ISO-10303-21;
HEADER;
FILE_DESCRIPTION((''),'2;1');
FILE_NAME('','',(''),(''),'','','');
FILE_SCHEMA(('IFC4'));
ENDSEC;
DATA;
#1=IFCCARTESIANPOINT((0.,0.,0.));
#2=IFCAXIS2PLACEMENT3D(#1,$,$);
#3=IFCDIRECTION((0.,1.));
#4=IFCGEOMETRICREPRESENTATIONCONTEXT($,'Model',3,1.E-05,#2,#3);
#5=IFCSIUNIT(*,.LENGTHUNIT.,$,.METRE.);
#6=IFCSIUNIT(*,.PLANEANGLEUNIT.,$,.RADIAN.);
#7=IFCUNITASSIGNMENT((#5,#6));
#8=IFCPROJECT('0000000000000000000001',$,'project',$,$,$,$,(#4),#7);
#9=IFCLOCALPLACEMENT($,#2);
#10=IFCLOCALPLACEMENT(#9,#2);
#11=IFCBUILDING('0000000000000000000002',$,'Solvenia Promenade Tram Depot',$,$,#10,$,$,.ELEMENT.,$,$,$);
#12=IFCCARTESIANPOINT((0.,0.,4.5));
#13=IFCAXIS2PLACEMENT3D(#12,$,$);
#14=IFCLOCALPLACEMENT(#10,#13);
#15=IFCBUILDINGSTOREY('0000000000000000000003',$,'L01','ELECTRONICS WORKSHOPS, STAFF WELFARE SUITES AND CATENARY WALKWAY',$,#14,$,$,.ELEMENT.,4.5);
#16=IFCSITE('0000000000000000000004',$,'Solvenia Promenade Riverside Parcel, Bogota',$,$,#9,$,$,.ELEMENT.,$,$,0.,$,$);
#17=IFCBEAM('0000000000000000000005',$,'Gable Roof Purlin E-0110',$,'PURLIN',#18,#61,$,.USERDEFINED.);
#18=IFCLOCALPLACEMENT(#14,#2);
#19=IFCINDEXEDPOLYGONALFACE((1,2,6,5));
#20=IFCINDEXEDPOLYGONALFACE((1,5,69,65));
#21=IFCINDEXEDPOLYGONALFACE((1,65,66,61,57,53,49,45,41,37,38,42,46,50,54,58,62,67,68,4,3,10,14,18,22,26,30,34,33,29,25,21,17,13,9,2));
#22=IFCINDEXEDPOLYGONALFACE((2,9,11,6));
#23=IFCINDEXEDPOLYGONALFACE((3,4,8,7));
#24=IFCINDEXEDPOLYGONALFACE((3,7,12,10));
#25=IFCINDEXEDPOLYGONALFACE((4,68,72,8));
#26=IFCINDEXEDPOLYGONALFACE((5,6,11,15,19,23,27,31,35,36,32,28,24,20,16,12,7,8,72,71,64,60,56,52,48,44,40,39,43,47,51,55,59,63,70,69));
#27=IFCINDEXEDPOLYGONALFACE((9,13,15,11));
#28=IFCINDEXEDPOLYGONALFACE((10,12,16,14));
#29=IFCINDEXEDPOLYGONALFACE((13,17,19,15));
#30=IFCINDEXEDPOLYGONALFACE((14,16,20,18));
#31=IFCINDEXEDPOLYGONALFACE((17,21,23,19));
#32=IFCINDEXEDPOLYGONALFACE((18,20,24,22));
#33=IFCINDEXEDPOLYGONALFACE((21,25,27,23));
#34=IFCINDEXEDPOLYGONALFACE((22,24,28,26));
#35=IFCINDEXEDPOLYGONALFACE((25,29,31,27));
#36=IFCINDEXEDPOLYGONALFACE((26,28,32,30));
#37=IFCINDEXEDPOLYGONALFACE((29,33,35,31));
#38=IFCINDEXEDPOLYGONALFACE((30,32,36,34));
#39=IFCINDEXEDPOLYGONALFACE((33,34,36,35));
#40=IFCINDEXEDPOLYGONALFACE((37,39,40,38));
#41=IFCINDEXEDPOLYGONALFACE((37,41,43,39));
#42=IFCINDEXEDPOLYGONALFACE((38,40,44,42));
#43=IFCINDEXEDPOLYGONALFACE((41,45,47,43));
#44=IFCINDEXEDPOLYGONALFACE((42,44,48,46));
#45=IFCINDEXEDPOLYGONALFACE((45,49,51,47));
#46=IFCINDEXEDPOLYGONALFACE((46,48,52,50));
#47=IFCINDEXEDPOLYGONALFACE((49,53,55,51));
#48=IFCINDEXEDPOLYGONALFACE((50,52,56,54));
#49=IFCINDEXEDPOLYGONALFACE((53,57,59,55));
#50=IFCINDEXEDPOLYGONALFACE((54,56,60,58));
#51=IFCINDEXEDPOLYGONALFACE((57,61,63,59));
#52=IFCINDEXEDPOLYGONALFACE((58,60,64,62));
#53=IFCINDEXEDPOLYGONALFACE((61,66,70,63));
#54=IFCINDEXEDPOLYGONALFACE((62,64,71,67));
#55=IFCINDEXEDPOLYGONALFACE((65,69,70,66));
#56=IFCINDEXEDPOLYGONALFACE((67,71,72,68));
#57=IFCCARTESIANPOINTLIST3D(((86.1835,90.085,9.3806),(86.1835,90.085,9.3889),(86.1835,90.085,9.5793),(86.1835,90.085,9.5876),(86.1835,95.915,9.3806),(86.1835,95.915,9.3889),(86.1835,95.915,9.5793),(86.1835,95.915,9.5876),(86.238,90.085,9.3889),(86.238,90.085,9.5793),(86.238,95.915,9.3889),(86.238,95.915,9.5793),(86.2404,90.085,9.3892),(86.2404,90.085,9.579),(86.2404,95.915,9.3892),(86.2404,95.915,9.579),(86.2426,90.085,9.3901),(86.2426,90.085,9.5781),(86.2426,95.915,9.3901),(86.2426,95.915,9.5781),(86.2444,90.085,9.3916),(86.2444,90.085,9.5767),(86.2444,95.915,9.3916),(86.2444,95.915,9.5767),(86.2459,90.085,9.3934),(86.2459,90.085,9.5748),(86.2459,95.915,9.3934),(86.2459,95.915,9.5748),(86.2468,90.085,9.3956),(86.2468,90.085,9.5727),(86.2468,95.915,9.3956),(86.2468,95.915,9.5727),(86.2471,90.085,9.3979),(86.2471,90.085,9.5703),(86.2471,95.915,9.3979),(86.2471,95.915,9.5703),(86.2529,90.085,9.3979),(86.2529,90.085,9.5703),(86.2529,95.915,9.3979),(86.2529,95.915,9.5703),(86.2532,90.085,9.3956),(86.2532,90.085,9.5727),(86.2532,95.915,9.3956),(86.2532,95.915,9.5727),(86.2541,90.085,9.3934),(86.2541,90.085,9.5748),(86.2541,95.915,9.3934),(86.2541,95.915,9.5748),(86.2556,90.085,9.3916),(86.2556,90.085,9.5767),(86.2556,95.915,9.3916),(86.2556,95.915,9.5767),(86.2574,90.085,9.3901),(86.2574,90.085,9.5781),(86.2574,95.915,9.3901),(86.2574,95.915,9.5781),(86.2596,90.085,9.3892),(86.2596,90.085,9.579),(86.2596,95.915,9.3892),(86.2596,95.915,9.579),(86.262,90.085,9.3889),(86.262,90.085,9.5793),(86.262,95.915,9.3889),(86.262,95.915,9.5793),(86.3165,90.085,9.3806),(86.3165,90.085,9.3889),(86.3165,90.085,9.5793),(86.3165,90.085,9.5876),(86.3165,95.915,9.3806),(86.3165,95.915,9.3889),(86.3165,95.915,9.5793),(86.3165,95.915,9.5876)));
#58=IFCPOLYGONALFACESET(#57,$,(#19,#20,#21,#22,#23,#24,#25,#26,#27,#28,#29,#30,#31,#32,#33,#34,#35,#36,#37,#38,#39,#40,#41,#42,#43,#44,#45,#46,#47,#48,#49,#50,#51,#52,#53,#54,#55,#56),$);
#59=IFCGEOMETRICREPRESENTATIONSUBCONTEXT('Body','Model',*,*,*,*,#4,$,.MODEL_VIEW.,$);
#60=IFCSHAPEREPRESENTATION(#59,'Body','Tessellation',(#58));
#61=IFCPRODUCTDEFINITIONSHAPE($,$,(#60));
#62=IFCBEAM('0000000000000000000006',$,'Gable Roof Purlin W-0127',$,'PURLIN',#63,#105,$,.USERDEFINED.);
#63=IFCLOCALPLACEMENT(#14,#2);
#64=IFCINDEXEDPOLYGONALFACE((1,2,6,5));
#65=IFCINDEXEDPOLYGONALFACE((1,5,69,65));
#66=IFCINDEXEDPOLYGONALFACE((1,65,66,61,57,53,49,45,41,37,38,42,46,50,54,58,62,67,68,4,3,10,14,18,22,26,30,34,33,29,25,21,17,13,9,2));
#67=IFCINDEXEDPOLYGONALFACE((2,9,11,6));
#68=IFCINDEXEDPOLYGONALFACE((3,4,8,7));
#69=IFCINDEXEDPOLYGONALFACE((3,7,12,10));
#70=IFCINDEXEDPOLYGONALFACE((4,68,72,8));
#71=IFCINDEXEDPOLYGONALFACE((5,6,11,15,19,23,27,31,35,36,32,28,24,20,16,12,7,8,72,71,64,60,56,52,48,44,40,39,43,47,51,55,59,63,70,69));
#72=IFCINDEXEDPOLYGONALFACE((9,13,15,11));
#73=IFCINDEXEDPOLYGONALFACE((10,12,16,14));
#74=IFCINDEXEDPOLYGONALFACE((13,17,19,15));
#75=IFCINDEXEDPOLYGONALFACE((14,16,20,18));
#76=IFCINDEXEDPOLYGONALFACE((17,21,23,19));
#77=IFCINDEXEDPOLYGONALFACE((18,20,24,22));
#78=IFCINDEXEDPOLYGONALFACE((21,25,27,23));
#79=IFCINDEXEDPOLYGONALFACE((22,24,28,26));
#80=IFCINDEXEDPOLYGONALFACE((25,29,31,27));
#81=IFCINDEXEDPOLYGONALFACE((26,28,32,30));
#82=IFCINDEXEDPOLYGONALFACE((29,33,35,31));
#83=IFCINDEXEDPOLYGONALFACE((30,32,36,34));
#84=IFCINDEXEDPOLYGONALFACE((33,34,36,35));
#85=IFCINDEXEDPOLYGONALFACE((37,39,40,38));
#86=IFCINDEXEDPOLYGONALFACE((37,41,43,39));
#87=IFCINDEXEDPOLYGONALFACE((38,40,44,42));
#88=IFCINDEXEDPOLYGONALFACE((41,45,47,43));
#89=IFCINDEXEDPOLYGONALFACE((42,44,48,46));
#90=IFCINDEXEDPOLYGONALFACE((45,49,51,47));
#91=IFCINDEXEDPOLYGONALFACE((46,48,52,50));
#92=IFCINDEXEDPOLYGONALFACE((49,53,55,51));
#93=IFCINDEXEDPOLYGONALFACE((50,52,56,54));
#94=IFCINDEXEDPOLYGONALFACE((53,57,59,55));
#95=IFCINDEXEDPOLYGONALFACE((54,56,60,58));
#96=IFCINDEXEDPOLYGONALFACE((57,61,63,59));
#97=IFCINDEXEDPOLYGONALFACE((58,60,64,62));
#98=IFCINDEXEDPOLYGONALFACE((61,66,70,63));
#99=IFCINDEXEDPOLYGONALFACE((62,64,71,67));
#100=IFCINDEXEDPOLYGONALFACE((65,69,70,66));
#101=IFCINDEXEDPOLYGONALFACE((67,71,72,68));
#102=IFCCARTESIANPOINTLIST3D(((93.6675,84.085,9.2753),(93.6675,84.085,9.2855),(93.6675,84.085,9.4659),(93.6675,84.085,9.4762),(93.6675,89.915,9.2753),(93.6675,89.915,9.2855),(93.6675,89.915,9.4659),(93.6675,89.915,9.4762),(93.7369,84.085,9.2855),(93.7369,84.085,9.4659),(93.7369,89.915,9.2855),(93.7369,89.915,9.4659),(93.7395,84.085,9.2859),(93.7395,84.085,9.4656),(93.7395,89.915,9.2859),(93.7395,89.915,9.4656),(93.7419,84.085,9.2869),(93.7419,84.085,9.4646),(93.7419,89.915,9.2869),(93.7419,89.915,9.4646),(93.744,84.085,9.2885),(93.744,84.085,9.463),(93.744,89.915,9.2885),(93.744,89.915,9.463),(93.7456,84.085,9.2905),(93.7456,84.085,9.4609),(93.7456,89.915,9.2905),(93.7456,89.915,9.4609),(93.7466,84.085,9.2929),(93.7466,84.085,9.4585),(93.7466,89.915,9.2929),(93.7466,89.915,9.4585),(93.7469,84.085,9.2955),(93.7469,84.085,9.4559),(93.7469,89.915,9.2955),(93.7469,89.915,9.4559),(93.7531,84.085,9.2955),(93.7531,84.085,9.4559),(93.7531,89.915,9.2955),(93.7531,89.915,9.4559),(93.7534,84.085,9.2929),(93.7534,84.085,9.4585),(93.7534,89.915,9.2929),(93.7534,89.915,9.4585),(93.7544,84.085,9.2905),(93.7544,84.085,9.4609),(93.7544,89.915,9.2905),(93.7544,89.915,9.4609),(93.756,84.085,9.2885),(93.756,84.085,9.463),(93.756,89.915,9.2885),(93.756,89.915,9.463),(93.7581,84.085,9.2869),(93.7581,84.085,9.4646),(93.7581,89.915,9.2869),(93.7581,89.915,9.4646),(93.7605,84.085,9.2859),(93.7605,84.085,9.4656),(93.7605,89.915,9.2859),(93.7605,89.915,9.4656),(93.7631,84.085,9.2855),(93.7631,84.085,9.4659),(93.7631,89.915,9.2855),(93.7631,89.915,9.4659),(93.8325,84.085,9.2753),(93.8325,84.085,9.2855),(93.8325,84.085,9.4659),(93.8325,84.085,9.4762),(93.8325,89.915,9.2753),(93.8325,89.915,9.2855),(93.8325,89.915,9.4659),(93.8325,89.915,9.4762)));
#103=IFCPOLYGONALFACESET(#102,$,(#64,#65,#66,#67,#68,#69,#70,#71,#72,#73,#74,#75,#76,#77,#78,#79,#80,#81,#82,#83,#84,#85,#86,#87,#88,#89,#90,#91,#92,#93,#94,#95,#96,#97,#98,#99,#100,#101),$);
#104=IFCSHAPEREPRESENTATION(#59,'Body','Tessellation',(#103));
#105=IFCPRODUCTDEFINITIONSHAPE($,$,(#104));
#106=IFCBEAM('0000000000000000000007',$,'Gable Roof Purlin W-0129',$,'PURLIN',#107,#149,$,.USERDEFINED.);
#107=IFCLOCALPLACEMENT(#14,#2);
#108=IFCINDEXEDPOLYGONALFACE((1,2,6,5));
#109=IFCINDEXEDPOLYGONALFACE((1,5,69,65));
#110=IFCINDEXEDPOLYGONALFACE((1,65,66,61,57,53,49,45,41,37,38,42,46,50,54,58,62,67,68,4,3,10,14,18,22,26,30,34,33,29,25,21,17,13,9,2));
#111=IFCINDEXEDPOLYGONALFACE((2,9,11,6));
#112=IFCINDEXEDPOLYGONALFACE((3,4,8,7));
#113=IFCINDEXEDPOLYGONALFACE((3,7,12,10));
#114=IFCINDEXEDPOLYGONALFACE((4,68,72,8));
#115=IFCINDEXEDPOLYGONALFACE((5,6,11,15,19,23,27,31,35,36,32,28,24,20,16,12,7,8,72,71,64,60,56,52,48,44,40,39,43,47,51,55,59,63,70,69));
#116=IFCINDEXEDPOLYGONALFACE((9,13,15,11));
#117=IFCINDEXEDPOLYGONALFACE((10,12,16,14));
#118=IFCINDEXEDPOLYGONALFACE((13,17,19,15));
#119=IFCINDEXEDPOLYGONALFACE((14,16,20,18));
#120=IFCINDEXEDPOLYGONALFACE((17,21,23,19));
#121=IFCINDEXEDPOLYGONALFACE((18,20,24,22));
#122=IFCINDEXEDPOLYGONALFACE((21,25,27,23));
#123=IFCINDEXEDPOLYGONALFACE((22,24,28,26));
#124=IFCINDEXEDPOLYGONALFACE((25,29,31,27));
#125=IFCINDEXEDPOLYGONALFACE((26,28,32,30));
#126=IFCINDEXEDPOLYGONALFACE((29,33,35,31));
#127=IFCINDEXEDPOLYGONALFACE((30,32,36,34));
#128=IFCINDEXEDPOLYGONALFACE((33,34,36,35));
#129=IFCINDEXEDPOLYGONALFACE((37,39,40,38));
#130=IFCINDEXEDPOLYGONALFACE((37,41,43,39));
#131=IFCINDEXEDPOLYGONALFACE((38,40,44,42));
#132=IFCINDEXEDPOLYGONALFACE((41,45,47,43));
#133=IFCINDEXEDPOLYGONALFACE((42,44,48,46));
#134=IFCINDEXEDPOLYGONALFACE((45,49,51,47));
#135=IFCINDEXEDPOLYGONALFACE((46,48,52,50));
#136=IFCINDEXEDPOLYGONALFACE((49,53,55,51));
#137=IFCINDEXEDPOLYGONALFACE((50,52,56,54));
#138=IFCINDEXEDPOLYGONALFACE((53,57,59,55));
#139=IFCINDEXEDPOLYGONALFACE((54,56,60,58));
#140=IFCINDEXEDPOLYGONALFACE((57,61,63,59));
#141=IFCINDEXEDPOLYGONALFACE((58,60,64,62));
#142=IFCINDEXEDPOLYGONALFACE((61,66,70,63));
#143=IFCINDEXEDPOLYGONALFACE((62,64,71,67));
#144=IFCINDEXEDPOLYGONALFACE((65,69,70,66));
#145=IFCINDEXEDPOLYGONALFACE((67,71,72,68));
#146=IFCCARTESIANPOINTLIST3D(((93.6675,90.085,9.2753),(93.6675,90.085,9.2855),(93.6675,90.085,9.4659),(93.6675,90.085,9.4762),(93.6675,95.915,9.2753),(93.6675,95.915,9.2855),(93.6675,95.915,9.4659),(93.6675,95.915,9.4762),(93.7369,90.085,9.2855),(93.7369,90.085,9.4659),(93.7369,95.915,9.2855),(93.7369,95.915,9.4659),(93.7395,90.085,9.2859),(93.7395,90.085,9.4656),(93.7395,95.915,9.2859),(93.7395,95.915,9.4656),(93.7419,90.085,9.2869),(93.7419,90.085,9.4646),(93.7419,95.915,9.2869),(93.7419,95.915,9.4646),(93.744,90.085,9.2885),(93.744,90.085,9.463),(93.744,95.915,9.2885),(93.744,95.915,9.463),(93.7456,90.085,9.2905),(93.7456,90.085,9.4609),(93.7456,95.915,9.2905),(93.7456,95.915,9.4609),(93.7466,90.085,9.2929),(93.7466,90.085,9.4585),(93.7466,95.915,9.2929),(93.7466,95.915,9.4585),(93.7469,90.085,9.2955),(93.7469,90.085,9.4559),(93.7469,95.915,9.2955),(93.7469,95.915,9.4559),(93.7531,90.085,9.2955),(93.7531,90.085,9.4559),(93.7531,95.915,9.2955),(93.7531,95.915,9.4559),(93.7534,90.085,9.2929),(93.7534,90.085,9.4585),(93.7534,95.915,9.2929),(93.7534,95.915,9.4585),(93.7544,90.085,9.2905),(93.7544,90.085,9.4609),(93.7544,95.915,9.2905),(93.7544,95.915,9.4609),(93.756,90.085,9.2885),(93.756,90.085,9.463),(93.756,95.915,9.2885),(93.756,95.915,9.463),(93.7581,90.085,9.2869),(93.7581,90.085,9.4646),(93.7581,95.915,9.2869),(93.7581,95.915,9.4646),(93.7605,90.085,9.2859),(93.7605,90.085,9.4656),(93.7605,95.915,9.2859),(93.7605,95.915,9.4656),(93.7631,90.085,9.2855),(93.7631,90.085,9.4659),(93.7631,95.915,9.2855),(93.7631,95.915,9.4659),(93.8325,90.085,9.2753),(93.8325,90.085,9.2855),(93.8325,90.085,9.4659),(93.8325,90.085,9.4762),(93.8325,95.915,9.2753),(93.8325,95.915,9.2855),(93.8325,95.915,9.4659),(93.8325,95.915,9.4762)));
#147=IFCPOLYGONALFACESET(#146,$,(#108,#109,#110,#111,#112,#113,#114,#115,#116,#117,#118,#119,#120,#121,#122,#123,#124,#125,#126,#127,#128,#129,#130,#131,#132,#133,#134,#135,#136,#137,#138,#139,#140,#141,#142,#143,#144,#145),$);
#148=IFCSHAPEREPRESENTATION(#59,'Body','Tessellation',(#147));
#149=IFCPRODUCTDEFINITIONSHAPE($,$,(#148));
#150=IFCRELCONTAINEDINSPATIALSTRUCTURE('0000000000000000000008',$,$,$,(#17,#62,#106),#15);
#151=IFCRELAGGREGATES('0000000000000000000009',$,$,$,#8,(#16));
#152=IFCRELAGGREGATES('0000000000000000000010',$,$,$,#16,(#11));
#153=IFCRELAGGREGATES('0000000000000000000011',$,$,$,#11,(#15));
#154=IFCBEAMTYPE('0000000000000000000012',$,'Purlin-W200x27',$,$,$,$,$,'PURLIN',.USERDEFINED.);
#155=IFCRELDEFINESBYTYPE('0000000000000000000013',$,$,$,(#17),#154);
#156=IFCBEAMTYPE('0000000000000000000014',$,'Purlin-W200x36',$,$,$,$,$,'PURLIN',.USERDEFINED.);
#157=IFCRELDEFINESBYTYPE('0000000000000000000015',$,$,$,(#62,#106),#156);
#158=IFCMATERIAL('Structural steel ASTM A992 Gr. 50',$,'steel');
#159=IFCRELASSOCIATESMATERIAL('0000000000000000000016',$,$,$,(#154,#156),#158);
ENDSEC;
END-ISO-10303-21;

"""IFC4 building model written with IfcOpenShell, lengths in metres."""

from ifc_helpers import new_model, si_unit, direction, frame, origin, origin_2d, place, context, subcontext, project, spatial, i_section, extrude, material, material_profile, profile_set, type_object, element, save


model = new_model("IFC4")

# Units and contexts
model_context = context("Model", 3, precision=1e-05, world=origin(), true_north=direction((0.0, 1.0)))
body_context = subcontext(model_context, "Body", "Model", "MODEL_VIEW")
ifc_project = project(units=[si_unit("LENGTHUNIT", "METRE"), si_unit("PLANEANGLEUNIT", "RADIAN")], contexts=[model_context])

# Site, building, storey
site_placement = place(None, origin())
site = spatial("IfcSite", under=ifc_project, at=site_placement, Name="Solvenia Promenade Riverside Parcel, Bogota", CompositionType="ELEMENT", RefElevation=0.0)
building_placement = place(site_placement, origin())
building = spatial("IfcBuilding", under=site, at=building_placement, Name="Solvenia Promenade Tram Depot", CompositionType="ELEMENT")
storey_placement = place(building_placement, frame((0.0, 0.0, 4.5)))
storey = spatial("IfcBuildingStorey", under=building, at=storey_placement, Name="L01", Description="ELECTRONICS WORKSHOPS, STAFF WELFARE SUITES AND CATENARY WALKWAY", CompositionType="ELEMENT", Elevation=4.5)

# Beams
ifc_material_1 = material(Name="Structural steel ASTM A992 Gr. 50", Category="steel")
ifc_material_profile_1 = material_profile(ifc_material_1, i_section(OverallWidth=0.1331, OverallDepth=0.207, WebThickness=0.0059, FlangeThickness=0.0083, FilletRadius=0.009, at=origin_2d()), Name="W200x27", Category="steel")
ifc_profile_set_1 = profile_set([ifc_material_profile_1], Name="Structural steel ASTM A992 Gr. 50")
beam_type_1 = type_object("IfcBeamType", Name="Purlin-W200x27", ElementType="PURLIN", PredefinedType="USERDEFINED", material=ifc_profile_set_1)
for number, where, z_axis, x_axis, name in (
    (1, (86.25, 90.085, 9.4841), (0.0, 1.0, 0.0), (-1.0, 0.0, 0.0), "Gable Roof Purlin E-0110"),
):
    element("IfcBeam", number, at=place(storey_placement, frame(where, z_axis=z_axis, x_axis=x_axis)), inside=storey, type_object=beam_type_1, Name=name, ObjectType="PURLIN", PredefinedType="USERDEFINED", context=body_context, shape_type="SweptSolid", body=[
        extrude(i_section(OverallWidth=0.1331, OverallDepth=0.207, WebThickness=0.0059, FlangeThickness=0.0083, FilletRadius=0.009, at=origin_2d()), origin(), (0.0, 0.0, 1.0), 5.8301),
    ])
ifc_material_profile_2 = material_profile(ifc_material_1, i_section(OverallWidth=0.165, OverallDepth=0.2009, WebThickness=0.0061, FlangeThickness=0.0103, FilletRadius=0.01, at=origin_2d()), Name="W200x36", Category="steel")
ifc_profile_set_2 = profile_set([ifc_material_profile_2], Name="Structural steel ASTM A992 Gr. 50")
beam_type_2 = type_object("IfcBeamType", Name="Purlin-W200x36", ElementType="PURLIN", PredefinedType="USERDEFINED", material=ifc_profile_set_2)
for number, where, z_axis, x_axis, name in (
    (2, (93.75, 84.085, 9.3757), (0.0, 1.0, 0.0), (-1.0, 0.0, 0.0), "Gable Roof Purlin W-0127"),
    (3, (93.75, 90.085, 9.3757), (0.0, 1.0, 0.0), (-1.0, 0.0, 0.0), "Gable Roof Purlin W-0129"),
):
    element("IfcBeam", number, at=place(storey_placement, frame(where, z_axis=z_axis, x_axis=x_axis)), inside=storey, type_object=beam_type_2, Name=name, ObjectType="PURLIN", PredefinedType="USERDEFINED", context=body_context, shape_type="SweptSolid", body=[
        extrude(i_section(OverallWidth=0.165, OverallDepth=0.2009, WebThickness=0.0061, FlangeThickness=0.0103, FilletRadius=0.01, at=origin_2d()), origin(), (0.0, 0.0, 1.0), 5.8301),
    ])

save(model, "model.ifc")
